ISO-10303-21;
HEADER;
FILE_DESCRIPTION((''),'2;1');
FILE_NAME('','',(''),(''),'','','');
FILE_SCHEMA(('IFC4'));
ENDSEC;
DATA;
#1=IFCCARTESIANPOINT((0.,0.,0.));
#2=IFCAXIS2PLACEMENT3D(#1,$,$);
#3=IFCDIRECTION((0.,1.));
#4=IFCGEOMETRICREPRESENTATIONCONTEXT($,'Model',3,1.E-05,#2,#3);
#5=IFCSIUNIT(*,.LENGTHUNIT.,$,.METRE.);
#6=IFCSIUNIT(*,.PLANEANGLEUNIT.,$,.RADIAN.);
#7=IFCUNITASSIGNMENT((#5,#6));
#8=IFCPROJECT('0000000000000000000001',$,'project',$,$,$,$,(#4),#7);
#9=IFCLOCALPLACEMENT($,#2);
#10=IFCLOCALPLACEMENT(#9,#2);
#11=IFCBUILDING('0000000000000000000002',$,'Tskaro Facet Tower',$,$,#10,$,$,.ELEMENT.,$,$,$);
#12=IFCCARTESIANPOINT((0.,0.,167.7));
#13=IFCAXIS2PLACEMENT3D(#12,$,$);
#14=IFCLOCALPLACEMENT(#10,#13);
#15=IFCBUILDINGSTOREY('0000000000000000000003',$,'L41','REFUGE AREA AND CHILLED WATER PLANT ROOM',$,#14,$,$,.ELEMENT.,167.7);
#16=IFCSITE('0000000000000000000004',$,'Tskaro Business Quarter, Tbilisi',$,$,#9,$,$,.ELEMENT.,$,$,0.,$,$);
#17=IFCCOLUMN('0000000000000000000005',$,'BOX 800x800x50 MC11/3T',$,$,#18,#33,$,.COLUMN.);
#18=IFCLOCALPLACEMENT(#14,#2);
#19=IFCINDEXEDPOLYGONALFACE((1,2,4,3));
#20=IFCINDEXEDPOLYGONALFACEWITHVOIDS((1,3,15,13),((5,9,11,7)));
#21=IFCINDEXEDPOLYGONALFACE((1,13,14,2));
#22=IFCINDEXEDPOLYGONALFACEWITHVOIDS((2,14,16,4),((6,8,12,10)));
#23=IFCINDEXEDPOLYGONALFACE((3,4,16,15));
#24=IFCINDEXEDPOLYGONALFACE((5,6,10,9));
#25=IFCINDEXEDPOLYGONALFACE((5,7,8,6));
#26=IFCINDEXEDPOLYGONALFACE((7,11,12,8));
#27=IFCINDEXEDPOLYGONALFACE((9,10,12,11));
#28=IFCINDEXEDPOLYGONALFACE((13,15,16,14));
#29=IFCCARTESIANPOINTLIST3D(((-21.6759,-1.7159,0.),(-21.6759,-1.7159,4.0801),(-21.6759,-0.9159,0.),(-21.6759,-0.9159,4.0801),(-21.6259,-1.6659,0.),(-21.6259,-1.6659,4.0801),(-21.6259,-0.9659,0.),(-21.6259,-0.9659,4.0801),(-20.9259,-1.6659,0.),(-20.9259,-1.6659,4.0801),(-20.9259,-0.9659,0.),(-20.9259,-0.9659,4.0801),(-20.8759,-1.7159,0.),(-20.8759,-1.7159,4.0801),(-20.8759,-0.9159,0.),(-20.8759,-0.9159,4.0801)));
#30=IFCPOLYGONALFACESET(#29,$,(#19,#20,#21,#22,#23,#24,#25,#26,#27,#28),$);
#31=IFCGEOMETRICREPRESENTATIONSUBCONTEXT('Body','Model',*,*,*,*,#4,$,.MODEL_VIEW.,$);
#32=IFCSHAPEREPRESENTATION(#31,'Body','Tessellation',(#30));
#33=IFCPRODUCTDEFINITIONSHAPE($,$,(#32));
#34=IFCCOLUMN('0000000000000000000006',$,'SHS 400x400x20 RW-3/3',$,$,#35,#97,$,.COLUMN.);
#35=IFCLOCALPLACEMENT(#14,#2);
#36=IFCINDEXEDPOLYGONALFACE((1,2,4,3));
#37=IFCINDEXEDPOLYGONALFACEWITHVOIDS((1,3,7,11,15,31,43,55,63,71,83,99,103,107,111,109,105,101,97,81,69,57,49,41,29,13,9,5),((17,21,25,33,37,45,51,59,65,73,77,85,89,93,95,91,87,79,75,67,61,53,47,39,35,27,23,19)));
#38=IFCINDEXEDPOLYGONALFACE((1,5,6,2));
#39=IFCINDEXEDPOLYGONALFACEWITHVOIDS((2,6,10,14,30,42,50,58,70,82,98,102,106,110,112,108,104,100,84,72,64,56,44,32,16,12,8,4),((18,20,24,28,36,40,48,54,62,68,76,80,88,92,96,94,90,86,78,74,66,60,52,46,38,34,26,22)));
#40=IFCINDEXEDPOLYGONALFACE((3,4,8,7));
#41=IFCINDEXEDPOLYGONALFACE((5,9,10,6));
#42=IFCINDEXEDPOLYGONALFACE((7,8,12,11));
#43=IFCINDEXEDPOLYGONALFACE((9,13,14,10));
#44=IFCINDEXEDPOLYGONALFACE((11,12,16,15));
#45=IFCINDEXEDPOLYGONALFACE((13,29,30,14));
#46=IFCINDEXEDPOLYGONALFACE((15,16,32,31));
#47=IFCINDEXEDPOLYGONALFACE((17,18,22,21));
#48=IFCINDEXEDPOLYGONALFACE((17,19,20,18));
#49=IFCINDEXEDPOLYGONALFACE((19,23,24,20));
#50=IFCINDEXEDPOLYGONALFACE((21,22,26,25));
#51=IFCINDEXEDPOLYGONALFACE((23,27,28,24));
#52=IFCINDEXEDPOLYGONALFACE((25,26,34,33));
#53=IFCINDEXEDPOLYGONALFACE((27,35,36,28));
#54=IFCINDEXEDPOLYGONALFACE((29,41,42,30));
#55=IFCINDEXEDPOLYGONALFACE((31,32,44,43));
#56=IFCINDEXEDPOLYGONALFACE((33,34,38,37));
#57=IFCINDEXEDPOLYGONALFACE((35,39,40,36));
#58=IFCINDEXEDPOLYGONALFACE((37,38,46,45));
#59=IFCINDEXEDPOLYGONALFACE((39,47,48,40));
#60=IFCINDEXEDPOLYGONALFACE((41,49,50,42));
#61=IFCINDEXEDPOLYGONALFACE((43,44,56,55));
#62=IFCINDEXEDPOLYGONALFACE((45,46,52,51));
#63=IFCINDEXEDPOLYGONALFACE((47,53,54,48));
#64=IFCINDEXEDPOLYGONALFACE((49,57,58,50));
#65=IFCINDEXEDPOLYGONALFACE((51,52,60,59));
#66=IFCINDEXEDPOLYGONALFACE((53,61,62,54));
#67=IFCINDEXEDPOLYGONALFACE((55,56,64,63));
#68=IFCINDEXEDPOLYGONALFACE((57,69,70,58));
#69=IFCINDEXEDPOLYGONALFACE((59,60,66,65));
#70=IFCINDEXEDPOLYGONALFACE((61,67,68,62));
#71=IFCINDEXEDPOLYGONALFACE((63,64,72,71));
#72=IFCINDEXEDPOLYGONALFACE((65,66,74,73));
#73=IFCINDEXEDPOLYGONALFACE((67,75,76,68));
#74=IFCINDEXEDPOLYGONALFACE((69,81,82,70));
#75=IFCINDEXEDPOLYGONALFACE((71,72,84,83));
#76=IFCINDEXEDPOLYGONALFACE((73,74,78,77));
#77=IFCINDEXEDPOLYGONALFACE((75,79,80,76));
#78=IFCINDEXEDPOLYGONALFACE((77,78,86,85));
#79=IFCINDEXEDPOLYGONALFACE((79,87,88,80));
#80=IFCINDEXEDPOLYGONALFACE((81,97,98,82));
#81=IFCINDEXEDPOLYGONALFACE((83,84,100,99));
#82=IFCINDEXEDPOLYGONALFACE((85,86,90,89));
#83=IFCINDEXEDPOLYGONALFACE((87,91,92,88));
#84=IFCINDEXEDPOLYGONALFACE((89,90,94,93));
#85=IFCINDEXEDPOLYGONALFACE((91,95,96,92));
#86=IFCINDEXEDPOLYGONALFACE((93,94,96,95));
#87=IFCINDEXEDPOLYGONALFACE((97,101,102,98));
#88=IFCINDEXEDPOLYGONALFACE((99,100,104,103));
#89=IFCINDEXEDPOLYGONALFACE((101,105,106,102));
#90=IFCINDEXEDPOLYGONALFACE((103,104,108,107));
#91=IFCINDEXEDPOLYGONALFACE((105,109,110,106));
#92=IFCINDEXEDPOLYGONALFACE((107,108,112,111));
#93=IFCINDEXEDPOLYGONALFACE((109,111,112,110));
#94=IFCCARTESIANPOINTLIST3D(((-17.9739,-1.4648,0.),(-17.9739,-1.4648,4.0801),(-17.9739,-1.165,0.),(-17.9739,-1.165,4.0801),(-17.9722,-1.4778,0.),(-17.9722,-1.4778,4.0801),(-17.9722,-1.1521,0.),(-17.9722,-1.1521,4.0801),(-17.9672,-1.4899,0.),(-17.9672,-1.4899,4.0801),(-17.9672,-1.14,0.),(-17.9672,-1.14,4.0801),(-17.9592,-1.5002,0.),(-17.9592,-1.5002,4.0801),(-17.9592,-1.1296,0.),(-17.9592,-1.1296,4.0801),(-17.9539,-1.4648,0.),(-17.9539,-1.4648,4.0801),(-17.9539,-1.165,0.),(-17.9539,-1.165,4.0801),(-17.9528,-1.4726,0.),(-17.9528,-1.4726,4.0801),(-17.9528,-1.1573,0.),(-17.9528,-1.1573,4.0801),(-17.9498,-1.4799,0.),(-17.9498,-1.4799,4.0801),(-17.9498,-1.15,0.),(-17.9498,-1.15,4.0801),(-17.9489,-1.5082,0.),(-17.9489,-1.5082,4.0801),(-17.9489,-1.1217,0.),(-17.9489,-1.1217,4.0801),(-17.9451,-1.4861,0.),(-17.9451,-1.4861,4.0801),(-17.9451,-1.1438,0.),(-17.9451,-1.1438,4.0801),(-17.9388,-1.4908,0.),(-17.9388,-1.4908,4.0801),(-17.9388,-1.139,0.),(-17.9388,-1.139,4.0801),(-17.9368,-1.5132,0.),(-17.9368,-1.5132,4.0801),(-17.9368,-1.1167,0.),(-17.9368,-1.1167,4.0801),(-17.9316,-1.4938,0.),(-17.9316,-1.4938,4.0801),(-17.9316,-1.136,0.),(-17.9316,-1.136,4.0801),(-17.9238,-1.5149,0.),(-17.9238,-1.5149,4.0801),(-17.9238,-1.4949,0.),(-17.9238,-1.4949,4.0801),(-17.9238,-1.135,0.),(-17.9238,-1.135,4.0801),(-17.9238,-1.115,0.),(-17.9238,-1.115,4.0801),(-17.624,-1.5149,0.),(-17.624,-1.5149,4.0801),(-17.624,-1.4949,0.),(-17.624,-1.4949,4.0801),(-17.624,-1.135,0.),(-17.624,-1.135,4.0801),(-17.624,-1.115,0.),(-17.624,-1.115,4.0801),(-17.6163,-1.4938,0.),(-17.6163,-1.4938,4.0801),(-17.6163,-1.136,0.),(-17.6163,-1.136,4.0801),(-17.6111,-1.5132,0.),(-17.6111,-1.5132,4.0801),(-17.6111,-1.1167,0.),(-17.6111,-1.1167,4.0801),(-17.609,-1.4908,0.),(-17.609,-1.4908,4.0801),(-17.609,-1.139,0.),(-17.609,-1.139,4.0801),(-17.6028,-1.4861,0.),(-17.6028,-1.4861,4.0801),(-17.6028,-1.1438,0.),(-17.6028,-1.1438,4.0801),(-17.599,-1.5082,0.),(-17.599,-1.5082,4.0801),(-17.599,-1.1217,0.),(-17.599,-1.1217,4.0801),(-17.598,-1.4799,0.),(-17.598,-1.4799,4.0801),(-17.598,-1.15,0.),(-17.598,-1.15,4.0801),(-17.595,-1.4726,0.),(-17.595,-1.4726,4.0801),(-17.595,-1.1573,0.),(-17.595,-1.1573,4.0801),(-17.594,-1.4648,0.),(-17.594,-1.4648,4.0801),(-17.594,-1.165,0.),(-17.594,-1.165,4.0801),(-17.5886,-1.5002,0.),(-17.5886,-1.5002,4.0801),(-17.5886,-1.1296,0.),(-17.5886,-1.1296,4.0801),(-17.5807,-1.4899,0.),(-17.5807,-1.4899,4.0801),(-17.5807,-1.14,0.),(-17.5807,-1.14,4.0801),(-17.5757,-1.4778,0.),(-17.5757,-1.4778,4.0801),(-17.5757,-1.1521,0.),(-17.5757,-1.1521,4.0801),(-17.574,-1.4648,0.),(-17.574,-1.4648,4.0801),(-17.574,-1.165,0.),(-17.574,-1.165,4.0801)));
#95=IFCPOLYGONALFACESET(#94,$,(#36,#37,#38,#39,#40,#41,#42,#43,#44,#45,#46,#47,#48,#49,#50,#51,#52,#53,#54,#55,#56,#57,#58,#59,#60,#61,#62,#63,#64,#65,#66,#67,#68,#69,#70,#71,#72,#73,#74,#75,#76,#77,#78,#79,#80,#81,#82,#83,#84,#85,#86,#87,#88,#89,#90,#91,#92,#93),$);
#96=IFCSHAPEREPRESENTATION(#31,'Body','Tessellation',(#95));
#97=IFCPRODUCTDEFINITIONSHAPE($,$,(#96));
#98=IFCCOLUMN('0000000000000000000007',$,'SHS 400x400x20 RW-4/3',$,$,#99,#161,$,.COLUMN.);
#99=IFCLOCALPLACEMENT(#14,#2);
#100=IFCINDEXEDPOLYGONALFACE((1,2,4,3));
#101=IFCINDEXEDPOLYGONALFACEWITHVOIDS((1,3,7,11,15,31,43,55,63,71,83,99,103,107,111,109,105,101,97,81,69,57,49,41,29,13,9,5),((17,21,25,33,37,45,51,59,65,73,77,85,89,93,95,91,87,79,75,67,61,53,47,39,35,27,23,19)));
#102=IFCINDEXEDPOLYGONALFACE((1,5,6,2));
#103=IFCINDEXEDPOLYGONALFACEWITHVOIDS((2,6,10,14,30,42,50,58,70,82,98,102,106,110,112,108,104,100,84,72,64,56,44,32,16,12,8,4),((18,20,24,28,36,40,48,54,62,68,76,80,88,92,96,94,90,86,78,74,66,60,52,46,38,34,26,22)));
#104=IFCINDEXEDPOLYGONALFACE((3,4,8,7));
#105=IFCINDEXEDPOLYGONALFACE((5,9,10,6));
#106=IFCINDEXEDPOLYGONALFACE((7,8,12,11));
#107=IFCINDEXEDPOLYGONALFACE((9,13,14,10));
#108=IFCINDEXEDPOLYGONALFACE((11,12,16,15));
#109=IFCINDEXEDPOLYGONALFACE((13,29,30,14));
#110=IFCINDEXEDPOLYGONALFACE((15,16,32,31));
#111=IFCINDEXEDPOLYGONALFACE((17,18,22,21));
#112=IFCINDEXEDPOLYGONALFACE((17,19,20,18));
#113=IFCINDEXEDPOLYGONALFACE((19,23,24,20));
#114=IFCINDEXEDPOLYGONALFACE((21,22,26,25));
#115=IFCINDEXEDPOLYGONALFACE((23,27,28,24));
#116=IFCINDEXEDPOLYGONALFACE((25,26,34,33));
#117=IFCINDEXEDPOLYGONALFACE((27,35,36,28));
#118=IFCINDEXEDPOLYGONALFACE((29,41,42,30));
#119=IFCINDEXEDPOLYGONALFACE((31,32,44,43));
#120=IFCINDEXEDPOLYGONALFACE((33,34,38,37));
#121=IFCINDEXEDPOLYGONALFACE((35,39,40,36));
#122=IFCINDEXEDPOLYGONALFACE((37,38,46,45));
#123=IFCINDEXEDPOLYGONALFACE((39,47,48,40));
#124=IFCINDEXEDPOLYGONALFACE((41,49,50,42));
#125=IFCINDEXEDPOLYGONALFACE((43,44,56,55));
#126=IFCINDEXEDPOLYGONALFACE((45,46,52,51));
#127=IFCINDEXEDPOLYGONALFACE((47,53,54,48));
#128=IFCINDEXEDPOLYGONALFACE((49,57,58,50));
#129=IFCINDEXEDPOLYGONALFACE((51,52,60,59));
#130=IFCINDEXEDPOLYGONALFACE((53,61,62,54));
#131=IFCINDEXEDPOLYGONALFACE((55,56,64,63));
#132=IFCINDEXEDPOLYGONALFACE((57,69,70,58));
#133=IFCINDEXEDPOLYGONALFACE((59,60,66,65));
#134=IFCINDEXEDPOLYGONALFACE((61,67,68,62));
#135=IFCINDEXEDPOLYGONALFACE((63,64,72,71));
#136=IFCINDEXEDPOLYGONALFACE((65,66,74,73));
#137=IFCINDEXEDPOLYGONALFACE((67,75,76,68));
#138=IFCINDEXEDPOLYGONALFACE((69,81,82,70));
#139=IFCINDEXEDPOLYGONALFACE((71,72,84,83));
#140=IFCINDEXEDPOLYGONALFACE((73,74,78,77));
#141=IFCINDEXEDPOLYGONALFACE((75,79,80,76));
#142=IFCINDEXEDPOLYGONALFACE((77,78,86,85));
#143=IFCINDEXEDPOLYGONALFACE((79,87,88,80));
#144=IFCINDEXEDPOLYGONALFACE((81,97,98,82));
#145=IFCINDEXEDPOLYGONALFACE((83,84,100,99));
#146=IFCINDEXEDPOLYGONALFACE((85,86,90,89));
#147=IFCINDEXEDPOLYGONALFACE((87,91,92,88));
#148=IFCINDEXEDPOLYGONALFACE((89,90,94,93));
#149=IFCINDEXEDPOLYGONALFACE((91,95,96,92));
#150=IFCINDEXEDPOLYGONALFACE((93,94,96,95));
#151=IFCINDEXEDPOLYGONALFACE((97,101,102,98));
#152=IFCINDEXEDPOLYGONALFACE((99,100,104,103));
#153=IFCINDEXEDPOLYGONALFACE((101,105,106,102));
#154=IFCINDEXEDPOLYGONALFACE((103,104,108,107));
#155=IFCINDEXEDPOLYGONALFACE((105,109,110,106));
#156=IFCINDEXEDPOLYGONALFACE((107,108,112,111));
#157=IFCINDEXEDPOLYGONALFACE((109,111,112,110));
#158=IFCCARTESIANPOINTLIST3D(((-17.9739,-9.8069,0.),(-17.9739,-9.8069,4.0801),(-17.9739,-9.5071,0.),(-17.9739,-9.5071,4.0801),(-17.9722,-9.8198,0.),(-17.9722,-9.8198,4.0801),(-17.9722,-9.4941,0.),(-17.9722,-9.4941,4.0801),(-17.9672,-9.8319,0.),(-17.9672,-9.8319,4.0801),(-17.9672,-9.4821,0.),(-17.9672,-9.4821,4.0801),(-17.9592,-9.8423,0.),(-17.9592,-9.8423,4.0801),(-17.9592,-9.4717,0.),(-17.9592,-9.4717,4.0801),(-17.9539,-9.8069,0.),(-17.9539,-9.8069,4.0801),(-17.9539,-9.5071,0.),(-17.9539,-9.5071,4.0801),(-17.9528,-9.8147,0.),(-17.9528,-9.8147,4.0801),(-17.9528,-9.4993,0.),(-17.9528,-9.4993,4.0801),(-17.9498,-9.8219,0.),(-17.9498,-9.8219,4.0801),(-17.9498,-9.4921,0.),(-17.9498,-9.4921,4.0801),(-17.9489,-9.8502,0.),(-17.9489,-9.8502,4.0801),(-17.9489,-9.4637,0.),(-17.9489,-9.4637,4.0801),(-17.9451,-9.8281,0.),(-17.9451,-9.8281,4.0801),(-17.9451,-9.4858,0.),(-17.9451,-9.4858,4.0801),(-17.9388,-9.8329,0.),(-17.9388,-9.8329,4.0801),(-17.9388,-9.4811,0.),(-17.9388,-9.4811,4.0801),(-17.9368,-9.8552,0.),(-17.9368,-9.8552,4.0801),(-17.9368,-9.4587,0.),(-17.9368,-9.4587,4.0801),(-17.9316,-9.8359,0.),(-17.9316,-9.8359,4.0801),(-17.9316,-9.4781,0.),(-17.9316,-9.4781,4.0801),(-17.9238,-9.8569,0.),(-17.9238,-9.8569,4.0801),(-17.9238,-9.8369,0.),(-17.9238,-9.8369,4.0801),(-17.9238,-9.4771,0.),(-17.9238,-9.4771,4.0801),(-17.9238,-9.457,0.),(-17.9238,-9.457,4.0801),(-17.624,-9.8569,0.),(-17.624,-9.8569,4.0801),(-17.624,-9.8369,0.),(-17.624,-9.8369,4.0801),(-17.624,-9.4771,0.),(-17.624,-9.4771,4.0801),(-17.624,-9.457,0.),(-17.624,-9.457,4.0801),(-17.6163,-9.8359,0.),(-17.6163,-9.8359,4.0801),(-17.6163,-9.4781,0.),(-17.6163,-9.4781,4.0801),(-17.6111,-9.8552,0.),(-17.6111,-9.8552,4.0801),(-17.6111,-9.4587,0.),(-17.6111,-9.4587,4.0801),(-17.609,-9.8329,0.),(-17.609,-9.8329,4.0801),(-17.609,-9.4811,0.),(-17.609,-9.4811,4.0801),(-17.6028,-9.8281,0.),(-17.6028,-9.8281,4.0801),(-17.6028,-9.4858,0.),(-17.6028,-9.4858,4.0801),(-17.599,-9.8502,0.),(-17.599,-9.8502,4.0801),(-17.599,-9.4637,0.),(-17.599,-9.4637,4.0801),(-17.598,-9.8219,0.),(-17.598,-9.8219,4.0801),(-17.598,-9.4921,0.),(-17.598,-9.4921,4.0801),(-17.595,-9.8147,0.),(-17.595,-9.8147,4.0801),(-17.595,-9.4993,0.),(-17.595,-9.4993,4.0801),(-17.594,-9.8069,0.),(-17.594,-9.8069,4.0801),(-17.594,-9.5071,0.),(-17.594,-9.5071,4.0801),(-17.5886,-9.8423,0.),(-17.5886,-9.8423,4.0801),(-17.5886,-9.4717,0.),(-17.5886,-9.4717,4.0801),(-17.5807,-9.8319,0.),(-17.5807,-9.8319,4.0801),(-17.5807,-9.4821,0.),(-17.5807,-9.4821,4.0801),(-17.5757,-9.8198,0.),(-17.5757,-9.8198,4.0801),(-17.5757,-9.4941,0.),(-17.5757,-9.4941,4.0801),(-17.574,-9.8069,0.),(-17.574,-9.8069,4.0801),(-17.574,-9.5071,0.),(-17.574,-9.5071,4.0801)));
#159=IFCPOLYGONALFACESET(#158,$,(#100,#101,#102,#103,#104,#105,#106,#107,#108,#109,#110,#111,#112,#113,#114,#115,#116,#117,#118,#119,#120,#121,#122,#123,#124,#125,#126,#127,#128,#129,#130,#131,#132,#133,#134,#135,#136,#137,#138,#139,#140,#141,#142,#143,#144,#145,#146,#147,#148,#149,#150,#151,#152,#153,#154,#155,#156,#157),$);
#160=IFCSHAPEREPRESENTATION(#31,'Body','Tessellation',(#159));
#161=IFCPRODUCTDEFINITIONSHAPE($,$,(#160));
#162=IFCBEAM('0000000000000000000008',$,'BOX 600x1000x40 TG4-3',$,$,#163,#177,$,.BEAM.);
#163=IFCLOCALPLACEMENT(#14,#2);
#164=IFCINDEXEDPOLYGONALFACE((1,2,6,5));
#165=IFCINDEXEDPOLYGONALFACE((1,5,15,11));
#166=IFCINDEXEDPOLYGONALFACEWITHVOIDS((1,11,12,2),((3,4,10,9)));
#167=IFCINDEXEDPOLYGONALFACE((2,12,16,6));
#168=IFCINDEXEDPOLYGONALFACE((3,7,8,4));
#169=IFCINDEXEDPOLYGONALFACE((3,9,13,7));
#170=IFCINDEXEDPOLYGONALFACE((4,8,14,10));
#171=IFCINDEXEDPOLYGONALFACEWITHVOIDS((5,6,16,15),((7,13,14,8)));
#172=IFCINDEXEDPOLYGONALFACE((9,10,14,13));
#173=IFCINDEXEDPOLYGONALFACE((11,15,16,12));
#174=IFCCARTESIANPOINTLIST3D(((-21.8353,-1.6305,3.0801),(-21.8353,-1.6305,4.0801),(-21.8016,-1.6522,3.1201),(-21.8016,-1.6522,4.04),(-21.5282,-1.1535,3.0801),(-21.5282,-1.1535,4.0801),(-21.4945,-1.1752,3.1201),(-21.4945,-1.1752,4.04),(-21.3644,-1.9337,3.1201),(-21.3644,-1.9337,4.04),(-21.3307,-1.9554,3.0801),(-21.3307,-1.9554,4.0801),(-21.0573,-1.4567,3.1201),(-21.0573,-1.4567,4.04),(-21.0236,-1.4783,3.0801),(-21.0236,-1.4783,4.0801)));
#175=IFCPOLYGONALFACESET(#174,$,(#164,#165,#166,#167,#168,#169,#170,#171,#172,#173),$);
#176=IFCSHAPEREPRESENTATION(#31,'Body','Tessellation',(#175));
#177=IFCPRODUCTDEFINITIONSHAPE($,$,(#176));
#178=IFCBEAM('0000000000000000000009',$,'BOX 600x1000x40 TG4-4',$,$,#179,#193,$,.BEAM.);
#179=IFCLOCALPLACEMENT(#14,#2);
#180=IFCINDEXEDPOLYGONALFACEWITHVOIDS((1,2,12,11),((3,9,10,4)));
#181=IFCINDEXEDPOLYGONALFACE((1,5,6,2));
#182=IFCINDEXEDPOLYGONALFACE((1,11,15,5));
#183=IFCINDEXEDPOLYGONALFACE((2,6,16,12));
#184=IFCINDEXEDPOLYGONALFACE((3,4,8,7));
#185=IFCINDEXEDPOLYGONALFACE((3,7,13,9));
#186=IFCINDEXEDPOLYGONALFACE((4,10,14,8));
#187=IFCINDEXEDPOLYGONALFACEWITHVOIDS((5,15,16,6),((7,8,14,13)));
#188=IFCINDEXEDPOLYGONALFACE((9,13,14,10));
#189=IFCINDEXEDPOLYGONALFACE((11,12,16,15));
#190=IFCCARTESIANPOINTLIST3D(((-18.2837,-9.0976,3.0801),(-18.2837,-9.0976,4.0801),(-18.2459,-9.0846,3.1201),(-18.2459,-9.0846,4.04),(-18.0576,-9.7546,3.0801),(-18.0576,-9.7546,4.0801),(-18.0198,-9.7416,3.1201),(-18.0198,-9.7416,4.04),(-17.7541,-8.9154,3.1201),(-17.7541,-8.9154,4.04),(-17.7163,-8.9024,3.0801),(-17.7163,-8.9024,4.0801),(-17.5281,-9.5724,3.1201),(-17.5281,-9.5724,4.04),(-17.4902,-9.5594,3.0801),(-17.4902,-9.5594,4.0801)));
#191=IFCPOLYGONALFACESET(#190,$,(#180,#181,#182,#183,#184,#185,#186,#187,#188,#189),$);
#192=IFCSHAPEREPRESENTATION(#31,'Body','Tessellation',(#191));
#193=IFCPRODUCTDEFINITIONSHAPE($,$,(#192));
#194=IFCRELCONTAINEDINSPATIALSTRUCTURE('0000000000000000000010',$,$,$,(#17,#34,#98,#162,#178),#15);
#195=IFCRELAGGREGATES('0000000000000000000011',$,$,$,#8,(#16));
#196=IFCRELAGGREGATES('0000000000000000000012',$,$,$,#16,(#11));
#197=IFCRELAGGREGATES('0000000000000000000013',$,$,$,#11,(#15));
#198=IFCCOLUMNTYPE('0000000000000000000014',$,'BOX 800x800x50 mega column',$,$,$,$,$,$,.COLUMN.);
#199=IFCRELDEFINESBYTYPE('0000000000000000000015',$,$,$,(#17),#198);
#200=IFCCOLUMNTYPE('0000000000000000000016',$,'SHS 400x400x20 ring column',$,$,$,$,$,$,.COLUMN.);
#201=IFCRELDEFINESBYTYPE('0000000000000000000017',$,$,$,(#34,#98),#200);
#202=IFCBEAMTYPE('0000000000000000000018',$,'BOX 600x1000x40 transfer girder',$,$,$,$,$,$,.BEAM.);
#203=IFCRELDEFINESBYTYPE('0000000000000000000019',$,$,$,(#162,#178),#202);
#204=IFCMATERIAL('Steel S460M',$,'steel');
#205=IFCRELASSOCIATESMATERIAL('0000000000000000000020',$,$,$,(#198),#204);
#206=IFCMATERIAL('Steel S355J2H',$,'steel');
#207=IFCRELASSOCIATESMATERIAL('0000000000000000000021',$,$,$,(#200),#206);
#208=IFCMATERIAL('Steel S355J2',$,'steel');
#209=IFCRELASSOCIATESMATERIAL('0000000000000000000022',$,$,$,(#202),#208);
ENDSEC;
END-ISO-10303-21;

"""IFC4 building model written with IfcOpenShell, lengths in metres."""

from ifc_helpers import new_model, si_unit, direction, frame, origin, origin_2d, place, context, subcontext, project, spatial, hollow_rectangle, extrude, material, material_profile, profile_set, type_object, element, save


model = new_model("IFC4")

# Units and contexts
model_context = context("Model", 3, precision=1e-05, world=origin(), true_north=direction((0.0, 1.0)))
body_context = subcontext(model_context, "Body", "Model", "MODEL_VIEW")
ifc_project = project(units=[si_unit("LENGTHUNIT", "METRE"), si_unit("PLANEANGLEUNIT", "RADIAN")], contexts=[model_context])

# Site, building, storey
site_placement = place(None, origin())
site = spatial("IfcSite", under=ifc_project, at=site_placement, Name="Tskaro Business Quarter, Tbilisi", CompositionType="ELEMENT", RefElevation=0.0)
building_placement = place(site_placement, origin())
building = spatial("IfcBuilding", under=site, at=building_placement, Name="Tskaro Facet Tower", CompositionType="ELEMENT")
storey_placement = place(building_placement, frame((0.0, 0.0, 167.7)))
storey = spatial("IfcBuildingStorey", under=building, at=storey_placement, Name="L41", Description="REFUGE AREA AND CHILLED WATER PLANT ROOM", CompositionType="ELEMENT", Elevation=167.7)

# Columns
ifc_material_1 = material(Name="Steel S460M", Category="steel")
ifc_material_profile_1 = material_profile(ifc_material_1, hollow_rectangle(XDim=0.8, YDim=0.8, WallThickness=0.05, at=origin_2d()), Name="BOX 800x800x50")
ifc_profile_set_1 = profile_set([ifc_material_profile_1], Name="Steel S460M")
column_type_1 = type_object("IfcColumnType", Name="BOX 800x800x50 mega column", PredefinedType="COLUMN", material=ifc_profile_set_1)
column_placement = place(storey_placement, frame((-21.2759, -1.3159, 0.0), z_axis=(0.0, 0.0, 1.0), x_axis=(1.0, 0.0, 0.0)))
element("IfcColumn", 1, at=column_placement, inside=storey, type_object=column_type_1, Name="BOX 800x800x50 MC11/3T", PredefinedType="COLUMN", context=body_context, shape_type="SweptSolid", body=[
    extrude(hollow_rectangle(XDim=0.8, YDim=0.8, WallThickness=0.05, at=origin_2d()), origin(), (0.0, 0.0, 1.0), 4.0801),
])
ifc_material_2 = material(Name="Steel S355J2H", Category="steel")
ifc_material_profile_2 = material_profile(ifc_material_2, hollow_rectangle(XDim=0.3999, YDim=0.3999, WallThickness=0.02, InnerFilletRadius=0.03, OuterFilletRadius=0.05, at=origin_2d()), Name="SHS 400x400x20")
ifc_profile_set_2 = profile_set([ifc_material_profile_2], Name="Steel S355J2H")
column_type_2 = type_object("IfcColumnType", Name="SHS 400x400x20 ring column", PredefinedType="COLUMN", material=ifc_profile_set_2)
for number, where, z_axis, x_axis, name in (
    (2, (-17.7739, -1.3149, 0.0), (0.0, 0.0, 1.0), (1.0, 0.0, 0.0), "SHS 400x400x20 RW-3/3"),
    (3, (-17.7739, -9.657, 0.0), (0.0, 0.0, 1.0), (1.0, 0.0, 0.0), "SHS 400x400x20 RW-4/3"),
):
    element("IfcColumn", number, at=place(storey_placement, frame(where, z_axis=z_axis, x_axis=x_axis)), inside=storey, type_object=column_type_2, Name=name, PredefinedType="COLUMN", context=body_context, shape_type="SweptSolid", body=[
        extrude(hollow_rectangle(XDim=0.3999, YDim=0.3999, WallThickness=0.02, InnerFilletRadius=0.03, OuterFilletRadius=0.05, at=origin_2d()), origin(), (0.0, 0.0, 1.0), 4.0801),
    ])

# Beams
ifc_material_3 = material(Name="Steel S355J2", Category="steel")
ifc_material_profile_3 = material_profile(ifc_material_3, hollow_rectangle(XDim=0.6001, YDim=1.0, WallThickness=0.04, at=origin_2d()), Name="BOX 600x1000x40")
ifc_profile_set_3 = profile_set([ifc_material_profile_3], Name="Steel S355J2")
beam_type_1 = type_object("IfcBeamType", Name="BOX 600x1000x40 transfer girder", PredefinedType="BEAM", material=ifc_profile_set_3)
beam_1_placement = place(storey_placement, frame((-21.583, -1.793, 3.5801), z_axis=(0.541323, 0.840815, 0.0), x_axis=(-0.840815, 0.541323, 0.0)))
element("IfcBeam", 4, at=beam_1_placement, inside=storey, type_object=beam_type_1, Name="BOX 600x1000x40 TG4-3", PredefinedType="BEAM", context=body_context, shape_type="SweptSolid", body=[
    extrude(hollow_rectangle(XDim=0.6001, YDim=1.0, WallThickness=0.04, at=origin_2d()), origin(), (0.0, 0.0, 1.0), 0.5674),
])
beam_2_placement = place(storey_placement, frame((-18.0, -9.0, 3.5801), z_axis=(0.325384, -0.945582, 0.0), x_axis=(0.945582, 0.325384, 0.0)))
element("IfcBeam", 5, at=beam_2_placement, inside=storey, type_object=beam_type_1, Name="BOX 600x1000x40 TG4-4", PredefinedType="BEAM", context=body_context, shape_type="SweptSolid", body=[
    extrude(hollow_rectangle(XDim=0.6001, YDim=1.0, WallThickness=0.04, at=origin_2d()), origin(), (0.0, 0.0, 1.0), 0.6948),
])

save(model, "model.ifc")
